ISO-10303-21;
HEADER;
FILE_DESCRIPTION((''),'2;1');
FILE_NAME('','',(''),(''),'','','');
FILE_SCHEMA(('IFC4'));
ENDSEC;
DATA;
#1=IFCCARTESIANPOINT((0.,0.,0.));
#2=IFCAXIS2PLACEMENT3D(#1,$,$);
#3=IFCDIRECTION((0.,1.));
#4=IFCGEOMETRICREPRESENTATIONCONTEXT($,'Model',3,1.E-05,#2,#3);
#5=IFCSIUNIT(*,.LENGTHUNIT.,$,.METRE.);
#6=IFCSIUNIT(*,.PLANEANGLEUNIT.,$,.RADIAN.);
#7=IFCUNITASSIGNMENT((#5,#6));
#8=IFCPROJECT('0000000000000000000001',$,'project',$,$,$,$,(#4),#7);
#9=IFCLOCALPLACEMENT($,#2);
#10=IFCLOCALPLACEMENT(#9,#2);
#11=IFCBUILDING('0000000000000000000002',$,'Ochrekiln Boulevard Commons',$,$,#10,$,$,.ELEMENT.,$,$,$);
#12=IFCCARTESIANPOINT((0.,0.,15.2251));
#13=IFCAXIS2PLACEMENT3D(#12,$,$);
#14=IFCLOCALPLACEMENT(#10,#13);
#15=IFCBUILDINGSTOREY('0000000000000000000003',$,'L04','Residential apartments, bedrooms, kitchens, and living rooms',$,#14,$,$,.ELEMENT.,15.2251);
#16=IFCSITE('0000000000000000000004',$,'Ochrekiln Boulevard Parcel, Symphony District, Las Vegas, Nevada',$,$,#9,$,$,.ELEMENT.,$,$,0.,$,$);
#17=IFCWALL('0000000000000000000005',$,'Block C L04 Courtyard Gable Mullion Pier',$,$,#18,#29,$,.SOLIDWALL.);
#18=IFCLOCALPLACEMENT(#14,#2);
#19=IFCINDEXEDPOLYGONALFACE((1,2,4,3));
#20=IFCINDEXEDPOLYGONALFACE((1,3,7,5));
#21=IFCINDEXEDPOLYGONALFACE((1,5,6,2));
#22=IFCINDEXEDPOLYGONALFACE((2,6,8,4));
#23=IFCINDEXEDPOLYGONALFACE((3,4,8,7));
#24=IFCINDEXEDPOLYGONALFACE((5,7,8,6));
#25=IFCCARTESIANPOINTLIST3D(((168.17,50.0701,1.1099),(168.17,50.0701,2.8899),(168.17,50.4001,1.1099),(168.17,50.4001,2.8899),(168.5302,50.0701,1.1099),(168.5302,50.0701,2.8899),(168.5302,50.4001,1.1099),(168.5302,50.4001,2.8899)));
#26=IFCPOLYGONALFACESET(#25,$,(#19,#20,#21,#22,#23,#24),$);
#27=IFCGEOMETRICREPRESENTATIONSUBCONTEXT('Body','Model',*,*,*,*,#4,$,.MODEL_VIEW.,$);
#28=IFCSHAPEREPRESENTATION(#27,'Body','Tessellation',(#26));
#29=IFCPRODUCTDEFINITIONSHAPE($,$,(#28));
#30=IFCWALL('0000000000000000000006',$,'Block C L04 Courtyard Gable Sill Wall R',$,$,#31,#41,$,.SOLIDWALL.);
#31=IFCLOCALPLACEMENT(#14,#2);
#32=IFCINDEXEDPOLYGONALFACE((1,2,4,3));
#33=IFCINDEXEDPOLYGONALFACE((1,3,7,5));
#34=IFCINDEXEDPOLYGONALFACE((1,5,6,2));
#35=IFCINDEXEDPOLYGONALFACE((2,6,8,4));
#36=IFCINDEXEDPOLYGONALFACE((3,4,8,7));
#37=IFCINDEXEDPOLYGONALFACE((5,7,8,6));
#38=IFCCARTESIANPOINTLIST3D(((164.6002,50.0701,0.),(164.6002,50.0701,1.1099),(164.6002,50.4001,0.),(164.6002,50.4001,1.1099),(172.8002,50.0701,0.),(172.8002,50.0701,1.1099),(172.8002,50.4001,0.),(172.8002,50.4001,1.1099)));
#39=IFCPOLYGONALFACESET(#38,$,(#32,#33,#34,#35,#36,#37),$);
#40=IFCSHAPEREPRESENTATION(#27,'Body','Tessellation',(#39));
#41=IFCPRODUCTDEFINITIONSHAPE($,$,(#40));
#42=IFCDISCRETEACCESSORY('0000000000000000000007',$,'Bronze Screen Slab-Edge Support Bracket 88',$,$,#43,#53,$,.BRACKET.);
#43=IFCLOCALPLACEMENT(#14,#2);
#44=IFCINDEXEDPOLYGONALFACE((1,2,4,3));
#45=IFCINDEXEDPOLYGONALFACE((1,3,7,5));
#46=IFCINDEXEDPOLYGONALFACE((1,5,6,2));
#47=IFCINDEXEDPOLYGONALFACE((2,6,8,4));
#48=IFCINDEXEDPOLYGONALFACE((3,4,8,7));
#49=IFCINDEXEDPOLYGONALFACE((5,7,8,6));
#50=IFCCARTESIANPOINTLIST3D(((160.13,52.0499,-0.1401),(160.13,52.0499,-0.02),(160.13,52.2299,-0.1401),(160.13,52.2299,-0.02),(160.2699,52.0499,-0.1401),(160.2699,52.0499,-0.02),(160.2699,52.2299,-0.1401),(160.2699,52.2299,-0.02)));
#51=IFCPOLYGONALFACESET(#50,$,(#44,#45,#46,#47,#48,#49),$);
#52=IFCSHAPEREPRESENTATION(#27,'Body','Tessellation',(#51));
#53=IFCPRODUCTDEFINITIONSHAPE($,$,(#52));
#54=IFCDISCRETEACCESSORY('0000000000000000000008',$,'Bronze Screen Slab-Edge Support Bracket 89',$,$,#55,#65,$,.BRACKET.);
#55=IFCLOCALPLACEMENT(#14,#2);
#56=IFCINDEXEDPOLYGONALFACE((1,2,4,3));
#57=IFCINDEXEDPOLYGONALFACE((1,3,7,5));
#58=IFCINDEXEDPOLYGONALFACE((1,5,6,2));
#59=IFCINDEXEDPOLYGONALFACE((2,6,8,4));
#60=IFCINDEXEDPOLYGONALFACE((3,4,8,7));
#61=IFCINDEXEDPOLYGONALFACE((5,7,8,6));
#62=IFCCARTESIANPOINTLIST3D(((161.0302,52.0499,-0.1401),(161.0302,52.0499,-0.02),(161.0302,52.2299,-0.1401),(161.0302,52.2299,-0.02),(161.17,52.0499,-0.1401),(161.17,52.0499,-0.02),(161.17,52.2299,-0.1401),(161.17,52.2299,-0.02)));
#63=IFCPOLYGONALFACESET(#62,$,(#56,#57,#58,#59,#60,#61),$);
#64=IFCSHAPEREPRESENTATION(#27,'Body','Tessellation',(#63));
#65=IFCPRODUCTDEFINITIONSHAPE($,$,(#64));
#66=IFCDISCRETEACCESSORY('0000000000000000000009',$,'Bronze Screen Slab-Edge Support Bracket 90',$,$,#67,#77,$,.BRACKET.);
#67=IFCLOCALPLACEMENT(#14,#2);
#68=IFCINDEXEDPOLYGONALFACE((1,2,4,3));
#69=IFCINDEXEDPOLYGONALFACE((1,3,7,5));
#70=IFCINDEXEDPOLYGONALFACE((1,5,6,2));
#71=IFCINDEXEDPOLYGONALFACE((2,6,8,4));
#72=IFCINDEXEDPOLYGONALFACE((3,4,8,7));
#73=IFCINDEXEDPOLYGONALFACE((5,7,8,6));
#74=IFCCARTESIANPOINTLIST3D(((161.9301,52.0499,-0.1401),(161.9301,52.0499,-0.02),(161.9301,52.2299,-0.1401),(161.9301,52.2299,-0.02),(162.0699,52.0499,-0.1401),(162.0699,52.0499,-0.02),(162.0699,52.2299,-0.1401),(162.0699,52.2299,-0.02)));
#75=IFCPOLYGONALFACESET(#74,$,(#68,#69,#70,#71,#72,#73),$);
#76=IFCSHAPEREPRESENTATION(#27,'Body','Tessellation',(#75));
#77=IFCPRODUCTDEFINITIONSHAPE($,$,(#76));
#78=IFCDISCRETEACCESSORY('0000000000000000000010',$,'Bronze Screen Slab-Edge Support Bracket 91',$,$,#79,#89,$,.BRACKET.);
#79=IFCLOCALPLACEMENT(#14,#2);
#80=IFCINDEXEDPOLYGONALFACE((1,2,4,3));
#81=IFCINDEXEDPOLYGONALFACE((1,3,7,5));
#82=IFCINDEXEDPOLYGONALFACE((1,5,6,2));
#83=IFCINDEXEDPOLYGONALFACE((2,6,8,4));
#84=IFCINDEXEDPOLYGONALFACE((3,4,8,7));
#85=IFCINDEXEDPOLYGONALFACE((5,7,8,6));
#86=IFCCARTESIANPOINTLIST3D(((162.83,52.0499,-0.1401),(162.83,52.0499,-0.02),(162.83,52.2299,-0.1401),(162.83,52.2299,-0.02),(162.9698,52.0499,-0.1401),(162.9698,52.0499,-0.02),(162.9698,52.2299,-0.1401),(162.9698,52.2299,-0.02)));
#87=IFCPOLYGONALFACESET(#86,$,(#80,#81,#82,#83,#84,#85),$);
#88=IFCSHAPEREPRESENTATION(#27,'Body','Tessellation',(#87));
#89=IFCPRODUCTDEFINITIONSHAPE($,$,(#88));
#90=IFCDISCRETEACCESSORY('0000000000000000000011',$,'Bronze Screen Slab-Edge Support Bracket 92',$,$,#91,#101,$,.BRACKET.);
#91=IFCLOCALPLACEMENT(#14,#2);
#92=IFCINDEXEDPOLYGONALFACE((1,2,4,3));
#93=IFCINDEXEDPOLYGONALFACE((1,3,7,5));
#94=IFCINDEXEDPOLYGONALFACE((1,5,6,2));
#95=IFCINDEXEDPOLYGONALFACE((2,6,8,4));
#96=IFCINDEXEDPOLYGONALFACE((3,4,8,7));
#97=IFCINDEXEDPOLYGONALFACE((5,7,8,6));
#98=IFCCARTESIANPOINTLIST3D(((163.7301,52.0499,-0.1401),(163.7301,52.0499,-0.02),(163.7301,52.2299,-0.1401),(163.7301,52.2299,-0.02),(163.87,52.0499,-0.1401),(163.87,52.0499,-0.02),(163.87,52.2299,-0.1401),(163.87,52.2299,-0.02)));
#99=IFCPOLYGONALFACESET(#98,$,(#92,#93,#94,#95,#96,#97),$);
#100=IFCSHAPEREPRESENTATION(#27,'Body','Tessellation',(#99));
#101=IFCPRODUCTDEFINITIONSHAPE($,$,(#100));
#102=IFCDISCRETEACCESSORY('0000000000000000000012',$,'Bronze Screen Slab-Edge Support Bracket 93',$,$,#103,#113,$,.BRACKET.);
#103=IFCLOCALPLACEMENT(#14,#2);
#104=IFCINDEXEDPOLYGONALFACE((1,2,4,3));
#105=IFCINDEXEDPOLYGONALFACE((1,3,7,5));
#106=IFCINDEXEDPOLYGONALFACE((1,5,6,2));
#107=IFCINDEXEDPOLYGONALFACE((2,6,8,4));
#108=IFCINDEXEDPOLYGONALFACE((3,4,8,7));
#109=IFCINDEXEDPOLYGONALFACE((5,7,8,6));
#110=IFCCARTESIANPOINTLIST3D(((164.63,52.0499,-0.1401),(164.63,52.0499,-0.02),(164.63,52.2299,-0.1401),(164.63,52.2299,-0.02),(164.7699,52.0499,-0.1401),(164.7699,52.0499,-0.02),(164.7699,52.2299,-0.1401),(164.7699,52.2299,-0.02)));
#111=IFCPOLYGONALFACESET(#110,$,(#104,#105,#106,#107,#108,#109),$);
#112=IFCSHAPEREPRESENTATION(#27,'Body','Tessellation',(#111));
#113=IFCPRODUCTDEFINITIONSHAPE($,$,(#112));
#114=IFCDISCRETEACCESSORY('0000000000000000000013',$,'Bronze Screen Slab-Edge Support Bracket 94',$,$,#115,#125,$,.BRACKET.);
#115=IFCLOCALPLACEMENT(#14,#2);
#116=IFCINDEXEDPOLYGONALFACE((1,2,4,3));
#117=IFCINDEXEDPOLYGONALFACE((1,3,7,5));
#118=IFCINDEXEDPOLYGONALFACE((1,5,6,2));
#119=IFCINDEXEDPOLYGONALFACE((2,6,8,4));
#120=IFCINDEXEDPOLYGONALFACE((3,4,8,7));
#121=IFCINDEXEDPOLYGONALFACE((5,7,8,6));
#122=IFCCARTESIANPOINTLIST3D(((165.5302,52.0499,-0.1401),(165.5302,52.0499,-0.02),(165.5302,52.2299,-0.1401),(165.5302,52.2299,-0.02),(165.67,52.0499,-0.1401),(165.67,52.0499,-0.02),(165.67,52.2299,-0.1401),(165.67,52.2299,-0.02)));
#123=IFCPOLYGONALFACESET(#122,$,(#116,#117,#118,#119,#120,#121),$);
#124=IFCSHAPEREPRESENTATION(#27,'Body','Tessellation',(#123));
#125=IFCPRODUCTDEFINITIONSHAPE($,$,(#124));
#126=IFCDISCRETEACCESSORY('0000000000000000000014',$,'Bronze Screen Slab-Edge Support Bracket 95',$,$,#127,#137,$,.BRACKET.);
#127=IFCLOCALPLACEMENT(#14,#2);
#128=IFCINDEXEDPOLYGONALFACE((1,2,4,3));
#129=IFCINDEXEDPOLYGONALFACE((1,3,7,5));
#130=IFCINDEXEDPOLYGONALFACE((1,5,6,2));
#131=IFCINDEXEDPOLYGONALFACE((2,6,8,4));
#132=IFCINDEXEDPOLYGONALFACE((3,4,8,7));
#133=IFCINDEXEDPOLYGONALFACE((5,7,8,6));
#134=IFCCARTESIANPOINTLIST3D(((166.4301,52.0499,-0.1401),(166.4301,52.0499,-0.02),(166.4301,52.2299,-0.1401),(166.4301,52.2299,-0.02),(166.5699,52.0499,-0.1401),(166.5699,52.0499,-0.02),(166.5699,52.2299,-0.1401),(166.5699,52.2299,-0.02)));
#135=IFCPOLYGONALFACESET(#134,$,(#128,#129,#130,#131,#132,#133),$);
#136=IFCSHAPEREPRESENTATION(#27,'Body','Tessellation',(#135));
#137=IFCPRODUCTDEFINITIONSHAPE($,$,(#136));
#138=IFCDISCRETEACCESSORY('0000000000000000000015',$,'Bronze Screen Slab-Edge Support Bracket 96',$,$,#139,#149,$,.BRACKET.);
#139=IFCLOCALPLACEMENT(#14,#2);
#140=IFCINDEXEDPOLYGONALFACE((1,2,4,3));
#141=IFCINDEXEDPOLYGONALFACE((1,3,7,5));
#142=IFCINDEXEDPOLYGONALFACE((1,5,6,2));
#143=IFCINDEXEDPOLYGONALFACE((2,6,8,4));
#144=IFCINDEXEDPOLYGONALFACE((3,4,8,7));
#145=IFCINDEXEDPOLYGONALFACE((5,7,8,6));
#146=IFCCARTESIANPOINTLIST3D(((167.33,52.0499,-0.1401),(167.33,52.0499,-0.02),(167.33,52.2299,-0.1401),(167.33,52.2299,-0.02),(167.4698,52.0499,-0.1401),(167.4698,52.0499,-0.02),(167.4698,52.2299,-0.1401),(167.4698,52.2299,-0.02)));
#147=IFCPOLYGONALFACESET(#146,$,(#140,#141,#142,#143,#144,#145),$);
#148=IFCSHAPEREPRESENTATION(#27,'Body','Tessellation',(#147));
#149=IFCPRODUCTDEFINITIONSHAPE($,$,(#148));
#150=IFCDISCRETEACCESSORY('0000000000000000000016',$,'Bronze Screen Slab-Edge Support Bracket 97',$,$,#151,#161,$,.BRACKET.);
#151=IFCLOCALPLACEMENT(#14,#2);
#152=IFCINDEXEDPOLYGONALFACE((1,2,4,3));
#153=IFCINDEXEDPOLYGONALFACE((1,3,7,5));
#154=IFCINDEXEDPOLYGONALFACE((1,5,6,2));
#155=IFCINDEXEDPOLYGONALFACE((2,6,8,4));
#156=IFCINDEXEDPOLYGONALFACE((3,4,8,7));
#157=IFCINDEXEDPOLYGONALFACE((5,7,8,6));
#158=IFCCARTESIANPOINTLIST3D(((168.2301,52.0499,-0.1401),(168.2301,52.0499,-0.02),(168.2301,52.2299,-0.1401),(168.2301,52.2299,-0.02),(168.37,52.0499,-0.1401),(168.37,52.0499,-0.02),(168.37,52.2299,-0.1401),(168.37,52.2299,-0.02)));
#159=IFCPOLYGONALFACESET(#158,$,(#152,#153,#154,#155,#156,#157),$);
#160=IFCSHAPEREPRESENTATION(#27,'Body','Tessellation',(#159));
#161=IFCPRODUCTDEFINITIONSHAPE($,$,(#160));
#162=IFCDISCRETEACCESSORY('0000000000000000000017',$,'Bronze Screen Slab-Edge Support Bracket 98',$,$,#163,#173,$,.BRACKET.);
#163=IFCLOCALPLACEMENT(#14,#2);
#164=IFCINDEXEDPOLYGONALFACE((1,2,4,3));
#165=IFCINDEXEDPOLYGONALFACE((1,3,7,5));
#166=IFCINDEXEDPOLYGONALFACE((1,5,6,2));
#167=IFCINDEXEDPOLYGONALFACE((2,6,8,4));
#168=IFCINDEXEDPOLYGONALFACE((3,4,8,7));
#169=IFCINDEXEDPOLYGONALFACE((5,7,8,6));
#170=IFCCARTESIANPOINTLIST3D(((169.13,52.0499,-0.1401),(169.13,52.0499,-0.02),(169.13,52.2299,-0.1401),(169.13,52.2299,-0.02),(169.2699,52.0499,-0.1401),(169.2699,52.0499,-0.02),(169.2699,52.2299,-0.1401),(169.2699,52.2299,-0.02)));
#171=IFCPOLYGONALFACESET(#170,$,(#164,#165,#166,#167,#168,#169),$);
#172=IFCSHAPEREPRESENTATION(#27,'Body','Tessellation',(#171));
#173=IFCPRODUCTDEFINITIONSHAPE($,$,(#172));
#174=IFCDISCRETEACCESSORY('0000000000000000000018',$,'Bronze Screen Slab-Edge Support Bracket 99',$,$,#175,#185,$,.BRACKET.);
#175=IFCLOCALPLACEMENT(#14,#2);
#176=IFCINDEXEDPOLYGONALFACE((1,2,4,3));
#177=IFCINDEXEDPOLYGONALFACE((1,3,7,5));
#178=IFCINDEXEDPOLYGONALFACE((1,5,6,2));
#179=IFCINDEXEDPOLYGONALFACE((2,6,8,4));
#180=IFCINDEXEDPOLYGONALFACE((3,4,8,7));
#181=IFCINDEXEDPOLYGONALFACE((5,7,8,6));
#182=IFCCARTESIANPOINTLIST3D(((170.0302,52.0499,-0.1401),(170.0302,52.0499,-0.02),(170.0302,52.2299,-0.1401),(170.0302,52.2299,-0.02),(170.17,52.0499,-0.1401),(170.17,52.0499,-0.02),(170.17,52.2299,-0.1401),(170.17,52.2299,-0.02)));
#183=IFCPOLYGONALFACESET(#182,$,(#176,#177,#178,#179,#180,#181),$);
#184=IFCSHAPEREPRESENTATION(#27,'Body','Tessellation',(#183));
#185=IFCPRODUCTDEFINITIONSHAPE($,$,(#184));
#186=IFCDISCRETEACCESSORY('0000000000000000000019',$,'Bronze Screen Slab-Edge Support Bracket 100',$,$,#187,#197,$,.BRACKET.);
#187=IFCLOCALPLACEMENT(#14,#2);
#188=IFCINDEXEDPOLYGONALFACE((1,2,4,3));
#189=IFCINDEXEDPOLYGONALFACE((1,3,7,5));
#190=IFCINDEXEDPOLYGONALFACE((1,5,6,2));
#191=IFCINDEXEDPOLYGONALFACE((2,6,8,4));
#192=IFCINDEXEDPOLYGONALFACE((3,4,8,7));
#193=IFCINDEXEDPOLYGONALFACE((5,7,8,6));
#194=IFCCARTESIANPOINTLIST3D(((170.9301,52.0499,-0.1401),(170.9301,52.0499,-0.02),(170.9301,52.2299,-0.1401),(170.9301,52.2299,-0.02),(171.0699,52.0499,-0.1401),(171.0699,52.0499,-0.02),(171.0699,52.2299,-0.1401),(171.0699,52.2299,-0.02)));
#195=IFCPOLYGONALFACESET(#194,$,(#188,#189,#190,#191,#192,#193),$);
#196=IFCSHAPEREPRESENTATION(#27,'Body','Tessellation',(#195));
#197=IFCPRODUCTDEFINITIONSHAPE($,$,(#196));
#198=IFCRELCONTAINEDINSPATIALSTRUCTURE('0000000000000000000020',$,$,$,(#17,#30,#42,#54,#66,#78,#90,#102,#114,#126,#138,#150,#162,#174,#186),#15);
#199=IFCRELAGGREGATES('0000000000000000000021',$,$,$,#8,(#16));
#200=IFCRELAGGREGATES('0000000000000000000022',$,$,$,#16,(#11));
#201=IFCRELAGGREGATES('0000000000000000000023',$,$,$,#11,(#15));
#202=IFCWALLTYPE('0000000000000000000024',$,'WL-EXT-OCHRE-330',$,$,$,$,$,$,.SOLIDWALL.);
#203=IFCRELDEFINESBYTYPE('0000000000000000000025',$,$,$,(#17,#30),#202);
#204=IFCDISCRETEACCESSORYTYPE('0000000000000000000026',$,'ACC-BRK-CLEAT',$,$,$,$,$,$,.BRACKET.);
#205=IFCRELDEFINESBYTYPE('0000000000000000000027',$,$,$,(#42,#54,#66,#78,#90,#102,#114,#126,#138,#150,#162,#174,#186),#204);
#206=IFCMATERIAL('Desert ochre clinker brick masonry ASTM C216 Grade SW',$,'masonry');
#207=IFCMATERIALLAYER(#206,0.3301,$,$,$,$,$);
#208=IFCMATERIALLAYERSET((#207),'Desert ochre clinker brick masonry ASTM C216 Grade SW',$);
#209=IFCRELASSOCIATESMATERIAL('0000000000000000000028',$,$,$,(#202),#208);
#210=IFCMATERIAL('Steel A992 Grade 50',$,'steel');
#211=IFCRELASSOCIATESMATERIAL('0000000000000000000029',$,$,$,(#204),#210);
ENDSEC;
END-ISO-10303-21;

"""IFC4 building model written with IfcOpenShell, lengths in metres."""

from ifc_helpers import new_model, si_unit, direction, frame, frame_2d, origin, origin_2d, place, context, subcontext, project, spatial, rectangle, extrude, material, layer, layer_set, type_object, element, save


model = new_model("IFC4")

# Units and contexts
model_context = context("Model", 3, precision=1e-05, world=origin(), true_north=direction((0.0, 1.0)))
body_context = subcontext(model_context, "Body", "Model", "MODEL_VIEW")
ifc_project = project(units=[si_unit("LENGTHUNIT", "METRE"), si_unit("PLANEANGLEUNIT", "RADIAN")], contexts=[model_context])

# Site, building, storey
site_placement = place(None, origin())
site = spatial("IfcSite", under=ifc_project, at=site_placement, Name="Ochrekiln Boulevard Parcel, Symphony District, Las Vegas, Nevada", CompositionType="ELEMENT", RefElevation=0.0)
building_placement = place(site_placement, origin())
building = spatial("IfcBuilding", under=site, at=building_placement, Name="Ochrekiln Boulevard Commons", CompositionType="ELEMENT")
storey_placement = place(building_placement, frame((0.0, 0.0, 15.2251)))
storey = spatial("IfcBuildingStorey", under=building, at=storey_placement, Name="L04", Description="Residential apartments, bedrooms, kitchens, and living rooms", CompositionType="ELEMENT", Elevation=15.2251)

# Wall
ifc_material_1 = material(Name="Desert ochre clinker brick masonry ASTM C216 Grade SW", Category="masonry")
ifc_layer_1 = layer(ifc_material_1, 0.3301)
ifc_layer_set_1 = layer_set([ifc_layer_1], Name="Desert ochre clinker brick masonry ASTM C216 Grade SW")
wall_type = type_object("IfcWallType", Name="WL-EXT-OCHRE-330", PredefinedType="SOLIDWALL", material=ifc_layer_set_1)
wall_1_placement = place(storey_placement, frame((168.1699, 50.2351, 1.1099), z_axis=(0.0, 0.0, 1.0), x_axis=(1.0, 0.0, 0.0)))
element("IfcWall", 1, at=wall_1_placement, inside=storey, type_object=wall_type, Name="Block C L04 Courtyard Gable Mullion Pier", PredefinedType="SOLIDWALL", context=body_context, shape_type="SweptSolid", body=[
    extrude(rectangle(XDim=0.3601, YDim=0.3301, at=frame_2d((0.1802, 0.0))), origin(), (0.0, 0.0, 1.0), 1.78),
])

# Wall
wall_2_placement = place(storey_placement, frame((164.6001, 50.2351, 0.0), z_axis=(0.0, 0.0, 1.0), x_axis=(1.0, 0.0, 0.0)))
element("IfcWall", 2, at=wall_2_placement, inside=storey, type_object=wall_type, Name="Block C L04 Courtyard Gable Sill Wall R", PredefinedType="SOLIDWALL", context=body_context, shape_type="SweptSolid", body=[
    extrude(rectangle(XDim=8.2, YDim=0.3301, at=frame_2d((4.1001, 0.0))), origin(), (0.0, 0.0, 1.0), 1.1099),
])

# Discrete accessories
ifc_material_2 = material(Name="Steel A992 Grade 50", Category="steel")
discrete_accessory_type = type_object("IfcDiscreteAccessoryType", Name="ACC-BRK-CLEAT", PredefinedType="BRACKET", material=ifc_material_2)
for number, where, z_axis, x_axis, name in (
    (3, (160.2, 52.1399, -0.1401), (0.0, 0.0, 1.0), (1.0, 0.0, 0.0), "Bronze Screen Slab-Edge Support Bracket 88"),
    (4, (161.1001, 52.1399, -0.1401), (0.0, 0.0, 1.0), (1.0, 0.0, 0.0), "Bronze Screen Slab-Edge Support Bracket 89"),
    (5, (162.0, 52.1399, -0.1401), (0.0, 0.0, 1.0), (1.0, 0.0, 0.0), "Bronze Screen Slab-Edge Support Bracket 90"),
    (6, (162.8999, 52.1399, -0.1401), (0.0, 0.0, 1.0), (1.0, 0.0, 0.0), "Bronze Screen Slab-Edge Support Bracket 91"),
    (7, (163.8, 52.1399, -0.1401), (0.0, 0.0, 1.0), (1.0, 0.0, 0.0), "Bronze Screen Slab-Edge Support Bracket 92"),
    (8, (164.7, 52.1399, -0.1401), (0.0, 0.0, 1.0), (1.0, 0.0, 0.0), "Bronze Screen Slab-Edge Support Bracket 93"),
    (9, (165.6001, 52.1399, -0.1401), (0.0, 0.0, 1.0), (1.0, 0.0, 0.0), "Bronze Screen Slab-Edge Support Bracket 94"),
    (10, (166.5, 52.1399, -0.1401), (0.0, 0.0, 1.0), (1.0, 0.0, 0.0), "Bronze Screen Slab-Edge Support Bracket 95"),
    (11, (167.3999, 52.1399, -0.1401), (0.0, 0.0, 1.0), (1.0, 0.0, 0.0), "Bronze Screen Slab-Edge Support Bracket 96"),
    (12, (168.3, 52.1399, -0.1401), (0.0, 0.0, 1.0), (1.0, 0.0, 0.0), "Bronze Screen Slab-Edge Support Bracket 97"),
    (13, (169.2, 52.1399, -0.1401), (0.0, 0.0, 1.0), (1.0, 0.0, 0.0), "Bronze Screen Slab-Edge Support Bracket 98"),
    (14, (170.1001, 52.1399, -0.1401), (0.0, 0.0, 1.0), (1.0, 0.0, 0.0), "Bronze Screen Slab-Edge Support Bracket 99"),
    (15, (171.0, 52.1399, -0.1401), (0.0, 0.0, 1.0), (1.0, 0.0, 0.0), "Bronze Screen Slab-Edge Support Bracket 100"),
):
    element("IfcDiscreteAccessory", number, at=place(storey_placement, frame(where, z_axis=z_axis, x_axis=x_axis)), inside=storey, type_object=discrete_accessory_type, Name=name, PredefinedType="BRACKET", context=body_context, shape_type="SweptSolid", body=[
        extrude(rectangle(XDim=0.1399, YDim=0.1799, at=origin_2d()), origin(), (0.0, 0.0, 1.0), 0.1201),
    ])

save(model, "model.ifc")
